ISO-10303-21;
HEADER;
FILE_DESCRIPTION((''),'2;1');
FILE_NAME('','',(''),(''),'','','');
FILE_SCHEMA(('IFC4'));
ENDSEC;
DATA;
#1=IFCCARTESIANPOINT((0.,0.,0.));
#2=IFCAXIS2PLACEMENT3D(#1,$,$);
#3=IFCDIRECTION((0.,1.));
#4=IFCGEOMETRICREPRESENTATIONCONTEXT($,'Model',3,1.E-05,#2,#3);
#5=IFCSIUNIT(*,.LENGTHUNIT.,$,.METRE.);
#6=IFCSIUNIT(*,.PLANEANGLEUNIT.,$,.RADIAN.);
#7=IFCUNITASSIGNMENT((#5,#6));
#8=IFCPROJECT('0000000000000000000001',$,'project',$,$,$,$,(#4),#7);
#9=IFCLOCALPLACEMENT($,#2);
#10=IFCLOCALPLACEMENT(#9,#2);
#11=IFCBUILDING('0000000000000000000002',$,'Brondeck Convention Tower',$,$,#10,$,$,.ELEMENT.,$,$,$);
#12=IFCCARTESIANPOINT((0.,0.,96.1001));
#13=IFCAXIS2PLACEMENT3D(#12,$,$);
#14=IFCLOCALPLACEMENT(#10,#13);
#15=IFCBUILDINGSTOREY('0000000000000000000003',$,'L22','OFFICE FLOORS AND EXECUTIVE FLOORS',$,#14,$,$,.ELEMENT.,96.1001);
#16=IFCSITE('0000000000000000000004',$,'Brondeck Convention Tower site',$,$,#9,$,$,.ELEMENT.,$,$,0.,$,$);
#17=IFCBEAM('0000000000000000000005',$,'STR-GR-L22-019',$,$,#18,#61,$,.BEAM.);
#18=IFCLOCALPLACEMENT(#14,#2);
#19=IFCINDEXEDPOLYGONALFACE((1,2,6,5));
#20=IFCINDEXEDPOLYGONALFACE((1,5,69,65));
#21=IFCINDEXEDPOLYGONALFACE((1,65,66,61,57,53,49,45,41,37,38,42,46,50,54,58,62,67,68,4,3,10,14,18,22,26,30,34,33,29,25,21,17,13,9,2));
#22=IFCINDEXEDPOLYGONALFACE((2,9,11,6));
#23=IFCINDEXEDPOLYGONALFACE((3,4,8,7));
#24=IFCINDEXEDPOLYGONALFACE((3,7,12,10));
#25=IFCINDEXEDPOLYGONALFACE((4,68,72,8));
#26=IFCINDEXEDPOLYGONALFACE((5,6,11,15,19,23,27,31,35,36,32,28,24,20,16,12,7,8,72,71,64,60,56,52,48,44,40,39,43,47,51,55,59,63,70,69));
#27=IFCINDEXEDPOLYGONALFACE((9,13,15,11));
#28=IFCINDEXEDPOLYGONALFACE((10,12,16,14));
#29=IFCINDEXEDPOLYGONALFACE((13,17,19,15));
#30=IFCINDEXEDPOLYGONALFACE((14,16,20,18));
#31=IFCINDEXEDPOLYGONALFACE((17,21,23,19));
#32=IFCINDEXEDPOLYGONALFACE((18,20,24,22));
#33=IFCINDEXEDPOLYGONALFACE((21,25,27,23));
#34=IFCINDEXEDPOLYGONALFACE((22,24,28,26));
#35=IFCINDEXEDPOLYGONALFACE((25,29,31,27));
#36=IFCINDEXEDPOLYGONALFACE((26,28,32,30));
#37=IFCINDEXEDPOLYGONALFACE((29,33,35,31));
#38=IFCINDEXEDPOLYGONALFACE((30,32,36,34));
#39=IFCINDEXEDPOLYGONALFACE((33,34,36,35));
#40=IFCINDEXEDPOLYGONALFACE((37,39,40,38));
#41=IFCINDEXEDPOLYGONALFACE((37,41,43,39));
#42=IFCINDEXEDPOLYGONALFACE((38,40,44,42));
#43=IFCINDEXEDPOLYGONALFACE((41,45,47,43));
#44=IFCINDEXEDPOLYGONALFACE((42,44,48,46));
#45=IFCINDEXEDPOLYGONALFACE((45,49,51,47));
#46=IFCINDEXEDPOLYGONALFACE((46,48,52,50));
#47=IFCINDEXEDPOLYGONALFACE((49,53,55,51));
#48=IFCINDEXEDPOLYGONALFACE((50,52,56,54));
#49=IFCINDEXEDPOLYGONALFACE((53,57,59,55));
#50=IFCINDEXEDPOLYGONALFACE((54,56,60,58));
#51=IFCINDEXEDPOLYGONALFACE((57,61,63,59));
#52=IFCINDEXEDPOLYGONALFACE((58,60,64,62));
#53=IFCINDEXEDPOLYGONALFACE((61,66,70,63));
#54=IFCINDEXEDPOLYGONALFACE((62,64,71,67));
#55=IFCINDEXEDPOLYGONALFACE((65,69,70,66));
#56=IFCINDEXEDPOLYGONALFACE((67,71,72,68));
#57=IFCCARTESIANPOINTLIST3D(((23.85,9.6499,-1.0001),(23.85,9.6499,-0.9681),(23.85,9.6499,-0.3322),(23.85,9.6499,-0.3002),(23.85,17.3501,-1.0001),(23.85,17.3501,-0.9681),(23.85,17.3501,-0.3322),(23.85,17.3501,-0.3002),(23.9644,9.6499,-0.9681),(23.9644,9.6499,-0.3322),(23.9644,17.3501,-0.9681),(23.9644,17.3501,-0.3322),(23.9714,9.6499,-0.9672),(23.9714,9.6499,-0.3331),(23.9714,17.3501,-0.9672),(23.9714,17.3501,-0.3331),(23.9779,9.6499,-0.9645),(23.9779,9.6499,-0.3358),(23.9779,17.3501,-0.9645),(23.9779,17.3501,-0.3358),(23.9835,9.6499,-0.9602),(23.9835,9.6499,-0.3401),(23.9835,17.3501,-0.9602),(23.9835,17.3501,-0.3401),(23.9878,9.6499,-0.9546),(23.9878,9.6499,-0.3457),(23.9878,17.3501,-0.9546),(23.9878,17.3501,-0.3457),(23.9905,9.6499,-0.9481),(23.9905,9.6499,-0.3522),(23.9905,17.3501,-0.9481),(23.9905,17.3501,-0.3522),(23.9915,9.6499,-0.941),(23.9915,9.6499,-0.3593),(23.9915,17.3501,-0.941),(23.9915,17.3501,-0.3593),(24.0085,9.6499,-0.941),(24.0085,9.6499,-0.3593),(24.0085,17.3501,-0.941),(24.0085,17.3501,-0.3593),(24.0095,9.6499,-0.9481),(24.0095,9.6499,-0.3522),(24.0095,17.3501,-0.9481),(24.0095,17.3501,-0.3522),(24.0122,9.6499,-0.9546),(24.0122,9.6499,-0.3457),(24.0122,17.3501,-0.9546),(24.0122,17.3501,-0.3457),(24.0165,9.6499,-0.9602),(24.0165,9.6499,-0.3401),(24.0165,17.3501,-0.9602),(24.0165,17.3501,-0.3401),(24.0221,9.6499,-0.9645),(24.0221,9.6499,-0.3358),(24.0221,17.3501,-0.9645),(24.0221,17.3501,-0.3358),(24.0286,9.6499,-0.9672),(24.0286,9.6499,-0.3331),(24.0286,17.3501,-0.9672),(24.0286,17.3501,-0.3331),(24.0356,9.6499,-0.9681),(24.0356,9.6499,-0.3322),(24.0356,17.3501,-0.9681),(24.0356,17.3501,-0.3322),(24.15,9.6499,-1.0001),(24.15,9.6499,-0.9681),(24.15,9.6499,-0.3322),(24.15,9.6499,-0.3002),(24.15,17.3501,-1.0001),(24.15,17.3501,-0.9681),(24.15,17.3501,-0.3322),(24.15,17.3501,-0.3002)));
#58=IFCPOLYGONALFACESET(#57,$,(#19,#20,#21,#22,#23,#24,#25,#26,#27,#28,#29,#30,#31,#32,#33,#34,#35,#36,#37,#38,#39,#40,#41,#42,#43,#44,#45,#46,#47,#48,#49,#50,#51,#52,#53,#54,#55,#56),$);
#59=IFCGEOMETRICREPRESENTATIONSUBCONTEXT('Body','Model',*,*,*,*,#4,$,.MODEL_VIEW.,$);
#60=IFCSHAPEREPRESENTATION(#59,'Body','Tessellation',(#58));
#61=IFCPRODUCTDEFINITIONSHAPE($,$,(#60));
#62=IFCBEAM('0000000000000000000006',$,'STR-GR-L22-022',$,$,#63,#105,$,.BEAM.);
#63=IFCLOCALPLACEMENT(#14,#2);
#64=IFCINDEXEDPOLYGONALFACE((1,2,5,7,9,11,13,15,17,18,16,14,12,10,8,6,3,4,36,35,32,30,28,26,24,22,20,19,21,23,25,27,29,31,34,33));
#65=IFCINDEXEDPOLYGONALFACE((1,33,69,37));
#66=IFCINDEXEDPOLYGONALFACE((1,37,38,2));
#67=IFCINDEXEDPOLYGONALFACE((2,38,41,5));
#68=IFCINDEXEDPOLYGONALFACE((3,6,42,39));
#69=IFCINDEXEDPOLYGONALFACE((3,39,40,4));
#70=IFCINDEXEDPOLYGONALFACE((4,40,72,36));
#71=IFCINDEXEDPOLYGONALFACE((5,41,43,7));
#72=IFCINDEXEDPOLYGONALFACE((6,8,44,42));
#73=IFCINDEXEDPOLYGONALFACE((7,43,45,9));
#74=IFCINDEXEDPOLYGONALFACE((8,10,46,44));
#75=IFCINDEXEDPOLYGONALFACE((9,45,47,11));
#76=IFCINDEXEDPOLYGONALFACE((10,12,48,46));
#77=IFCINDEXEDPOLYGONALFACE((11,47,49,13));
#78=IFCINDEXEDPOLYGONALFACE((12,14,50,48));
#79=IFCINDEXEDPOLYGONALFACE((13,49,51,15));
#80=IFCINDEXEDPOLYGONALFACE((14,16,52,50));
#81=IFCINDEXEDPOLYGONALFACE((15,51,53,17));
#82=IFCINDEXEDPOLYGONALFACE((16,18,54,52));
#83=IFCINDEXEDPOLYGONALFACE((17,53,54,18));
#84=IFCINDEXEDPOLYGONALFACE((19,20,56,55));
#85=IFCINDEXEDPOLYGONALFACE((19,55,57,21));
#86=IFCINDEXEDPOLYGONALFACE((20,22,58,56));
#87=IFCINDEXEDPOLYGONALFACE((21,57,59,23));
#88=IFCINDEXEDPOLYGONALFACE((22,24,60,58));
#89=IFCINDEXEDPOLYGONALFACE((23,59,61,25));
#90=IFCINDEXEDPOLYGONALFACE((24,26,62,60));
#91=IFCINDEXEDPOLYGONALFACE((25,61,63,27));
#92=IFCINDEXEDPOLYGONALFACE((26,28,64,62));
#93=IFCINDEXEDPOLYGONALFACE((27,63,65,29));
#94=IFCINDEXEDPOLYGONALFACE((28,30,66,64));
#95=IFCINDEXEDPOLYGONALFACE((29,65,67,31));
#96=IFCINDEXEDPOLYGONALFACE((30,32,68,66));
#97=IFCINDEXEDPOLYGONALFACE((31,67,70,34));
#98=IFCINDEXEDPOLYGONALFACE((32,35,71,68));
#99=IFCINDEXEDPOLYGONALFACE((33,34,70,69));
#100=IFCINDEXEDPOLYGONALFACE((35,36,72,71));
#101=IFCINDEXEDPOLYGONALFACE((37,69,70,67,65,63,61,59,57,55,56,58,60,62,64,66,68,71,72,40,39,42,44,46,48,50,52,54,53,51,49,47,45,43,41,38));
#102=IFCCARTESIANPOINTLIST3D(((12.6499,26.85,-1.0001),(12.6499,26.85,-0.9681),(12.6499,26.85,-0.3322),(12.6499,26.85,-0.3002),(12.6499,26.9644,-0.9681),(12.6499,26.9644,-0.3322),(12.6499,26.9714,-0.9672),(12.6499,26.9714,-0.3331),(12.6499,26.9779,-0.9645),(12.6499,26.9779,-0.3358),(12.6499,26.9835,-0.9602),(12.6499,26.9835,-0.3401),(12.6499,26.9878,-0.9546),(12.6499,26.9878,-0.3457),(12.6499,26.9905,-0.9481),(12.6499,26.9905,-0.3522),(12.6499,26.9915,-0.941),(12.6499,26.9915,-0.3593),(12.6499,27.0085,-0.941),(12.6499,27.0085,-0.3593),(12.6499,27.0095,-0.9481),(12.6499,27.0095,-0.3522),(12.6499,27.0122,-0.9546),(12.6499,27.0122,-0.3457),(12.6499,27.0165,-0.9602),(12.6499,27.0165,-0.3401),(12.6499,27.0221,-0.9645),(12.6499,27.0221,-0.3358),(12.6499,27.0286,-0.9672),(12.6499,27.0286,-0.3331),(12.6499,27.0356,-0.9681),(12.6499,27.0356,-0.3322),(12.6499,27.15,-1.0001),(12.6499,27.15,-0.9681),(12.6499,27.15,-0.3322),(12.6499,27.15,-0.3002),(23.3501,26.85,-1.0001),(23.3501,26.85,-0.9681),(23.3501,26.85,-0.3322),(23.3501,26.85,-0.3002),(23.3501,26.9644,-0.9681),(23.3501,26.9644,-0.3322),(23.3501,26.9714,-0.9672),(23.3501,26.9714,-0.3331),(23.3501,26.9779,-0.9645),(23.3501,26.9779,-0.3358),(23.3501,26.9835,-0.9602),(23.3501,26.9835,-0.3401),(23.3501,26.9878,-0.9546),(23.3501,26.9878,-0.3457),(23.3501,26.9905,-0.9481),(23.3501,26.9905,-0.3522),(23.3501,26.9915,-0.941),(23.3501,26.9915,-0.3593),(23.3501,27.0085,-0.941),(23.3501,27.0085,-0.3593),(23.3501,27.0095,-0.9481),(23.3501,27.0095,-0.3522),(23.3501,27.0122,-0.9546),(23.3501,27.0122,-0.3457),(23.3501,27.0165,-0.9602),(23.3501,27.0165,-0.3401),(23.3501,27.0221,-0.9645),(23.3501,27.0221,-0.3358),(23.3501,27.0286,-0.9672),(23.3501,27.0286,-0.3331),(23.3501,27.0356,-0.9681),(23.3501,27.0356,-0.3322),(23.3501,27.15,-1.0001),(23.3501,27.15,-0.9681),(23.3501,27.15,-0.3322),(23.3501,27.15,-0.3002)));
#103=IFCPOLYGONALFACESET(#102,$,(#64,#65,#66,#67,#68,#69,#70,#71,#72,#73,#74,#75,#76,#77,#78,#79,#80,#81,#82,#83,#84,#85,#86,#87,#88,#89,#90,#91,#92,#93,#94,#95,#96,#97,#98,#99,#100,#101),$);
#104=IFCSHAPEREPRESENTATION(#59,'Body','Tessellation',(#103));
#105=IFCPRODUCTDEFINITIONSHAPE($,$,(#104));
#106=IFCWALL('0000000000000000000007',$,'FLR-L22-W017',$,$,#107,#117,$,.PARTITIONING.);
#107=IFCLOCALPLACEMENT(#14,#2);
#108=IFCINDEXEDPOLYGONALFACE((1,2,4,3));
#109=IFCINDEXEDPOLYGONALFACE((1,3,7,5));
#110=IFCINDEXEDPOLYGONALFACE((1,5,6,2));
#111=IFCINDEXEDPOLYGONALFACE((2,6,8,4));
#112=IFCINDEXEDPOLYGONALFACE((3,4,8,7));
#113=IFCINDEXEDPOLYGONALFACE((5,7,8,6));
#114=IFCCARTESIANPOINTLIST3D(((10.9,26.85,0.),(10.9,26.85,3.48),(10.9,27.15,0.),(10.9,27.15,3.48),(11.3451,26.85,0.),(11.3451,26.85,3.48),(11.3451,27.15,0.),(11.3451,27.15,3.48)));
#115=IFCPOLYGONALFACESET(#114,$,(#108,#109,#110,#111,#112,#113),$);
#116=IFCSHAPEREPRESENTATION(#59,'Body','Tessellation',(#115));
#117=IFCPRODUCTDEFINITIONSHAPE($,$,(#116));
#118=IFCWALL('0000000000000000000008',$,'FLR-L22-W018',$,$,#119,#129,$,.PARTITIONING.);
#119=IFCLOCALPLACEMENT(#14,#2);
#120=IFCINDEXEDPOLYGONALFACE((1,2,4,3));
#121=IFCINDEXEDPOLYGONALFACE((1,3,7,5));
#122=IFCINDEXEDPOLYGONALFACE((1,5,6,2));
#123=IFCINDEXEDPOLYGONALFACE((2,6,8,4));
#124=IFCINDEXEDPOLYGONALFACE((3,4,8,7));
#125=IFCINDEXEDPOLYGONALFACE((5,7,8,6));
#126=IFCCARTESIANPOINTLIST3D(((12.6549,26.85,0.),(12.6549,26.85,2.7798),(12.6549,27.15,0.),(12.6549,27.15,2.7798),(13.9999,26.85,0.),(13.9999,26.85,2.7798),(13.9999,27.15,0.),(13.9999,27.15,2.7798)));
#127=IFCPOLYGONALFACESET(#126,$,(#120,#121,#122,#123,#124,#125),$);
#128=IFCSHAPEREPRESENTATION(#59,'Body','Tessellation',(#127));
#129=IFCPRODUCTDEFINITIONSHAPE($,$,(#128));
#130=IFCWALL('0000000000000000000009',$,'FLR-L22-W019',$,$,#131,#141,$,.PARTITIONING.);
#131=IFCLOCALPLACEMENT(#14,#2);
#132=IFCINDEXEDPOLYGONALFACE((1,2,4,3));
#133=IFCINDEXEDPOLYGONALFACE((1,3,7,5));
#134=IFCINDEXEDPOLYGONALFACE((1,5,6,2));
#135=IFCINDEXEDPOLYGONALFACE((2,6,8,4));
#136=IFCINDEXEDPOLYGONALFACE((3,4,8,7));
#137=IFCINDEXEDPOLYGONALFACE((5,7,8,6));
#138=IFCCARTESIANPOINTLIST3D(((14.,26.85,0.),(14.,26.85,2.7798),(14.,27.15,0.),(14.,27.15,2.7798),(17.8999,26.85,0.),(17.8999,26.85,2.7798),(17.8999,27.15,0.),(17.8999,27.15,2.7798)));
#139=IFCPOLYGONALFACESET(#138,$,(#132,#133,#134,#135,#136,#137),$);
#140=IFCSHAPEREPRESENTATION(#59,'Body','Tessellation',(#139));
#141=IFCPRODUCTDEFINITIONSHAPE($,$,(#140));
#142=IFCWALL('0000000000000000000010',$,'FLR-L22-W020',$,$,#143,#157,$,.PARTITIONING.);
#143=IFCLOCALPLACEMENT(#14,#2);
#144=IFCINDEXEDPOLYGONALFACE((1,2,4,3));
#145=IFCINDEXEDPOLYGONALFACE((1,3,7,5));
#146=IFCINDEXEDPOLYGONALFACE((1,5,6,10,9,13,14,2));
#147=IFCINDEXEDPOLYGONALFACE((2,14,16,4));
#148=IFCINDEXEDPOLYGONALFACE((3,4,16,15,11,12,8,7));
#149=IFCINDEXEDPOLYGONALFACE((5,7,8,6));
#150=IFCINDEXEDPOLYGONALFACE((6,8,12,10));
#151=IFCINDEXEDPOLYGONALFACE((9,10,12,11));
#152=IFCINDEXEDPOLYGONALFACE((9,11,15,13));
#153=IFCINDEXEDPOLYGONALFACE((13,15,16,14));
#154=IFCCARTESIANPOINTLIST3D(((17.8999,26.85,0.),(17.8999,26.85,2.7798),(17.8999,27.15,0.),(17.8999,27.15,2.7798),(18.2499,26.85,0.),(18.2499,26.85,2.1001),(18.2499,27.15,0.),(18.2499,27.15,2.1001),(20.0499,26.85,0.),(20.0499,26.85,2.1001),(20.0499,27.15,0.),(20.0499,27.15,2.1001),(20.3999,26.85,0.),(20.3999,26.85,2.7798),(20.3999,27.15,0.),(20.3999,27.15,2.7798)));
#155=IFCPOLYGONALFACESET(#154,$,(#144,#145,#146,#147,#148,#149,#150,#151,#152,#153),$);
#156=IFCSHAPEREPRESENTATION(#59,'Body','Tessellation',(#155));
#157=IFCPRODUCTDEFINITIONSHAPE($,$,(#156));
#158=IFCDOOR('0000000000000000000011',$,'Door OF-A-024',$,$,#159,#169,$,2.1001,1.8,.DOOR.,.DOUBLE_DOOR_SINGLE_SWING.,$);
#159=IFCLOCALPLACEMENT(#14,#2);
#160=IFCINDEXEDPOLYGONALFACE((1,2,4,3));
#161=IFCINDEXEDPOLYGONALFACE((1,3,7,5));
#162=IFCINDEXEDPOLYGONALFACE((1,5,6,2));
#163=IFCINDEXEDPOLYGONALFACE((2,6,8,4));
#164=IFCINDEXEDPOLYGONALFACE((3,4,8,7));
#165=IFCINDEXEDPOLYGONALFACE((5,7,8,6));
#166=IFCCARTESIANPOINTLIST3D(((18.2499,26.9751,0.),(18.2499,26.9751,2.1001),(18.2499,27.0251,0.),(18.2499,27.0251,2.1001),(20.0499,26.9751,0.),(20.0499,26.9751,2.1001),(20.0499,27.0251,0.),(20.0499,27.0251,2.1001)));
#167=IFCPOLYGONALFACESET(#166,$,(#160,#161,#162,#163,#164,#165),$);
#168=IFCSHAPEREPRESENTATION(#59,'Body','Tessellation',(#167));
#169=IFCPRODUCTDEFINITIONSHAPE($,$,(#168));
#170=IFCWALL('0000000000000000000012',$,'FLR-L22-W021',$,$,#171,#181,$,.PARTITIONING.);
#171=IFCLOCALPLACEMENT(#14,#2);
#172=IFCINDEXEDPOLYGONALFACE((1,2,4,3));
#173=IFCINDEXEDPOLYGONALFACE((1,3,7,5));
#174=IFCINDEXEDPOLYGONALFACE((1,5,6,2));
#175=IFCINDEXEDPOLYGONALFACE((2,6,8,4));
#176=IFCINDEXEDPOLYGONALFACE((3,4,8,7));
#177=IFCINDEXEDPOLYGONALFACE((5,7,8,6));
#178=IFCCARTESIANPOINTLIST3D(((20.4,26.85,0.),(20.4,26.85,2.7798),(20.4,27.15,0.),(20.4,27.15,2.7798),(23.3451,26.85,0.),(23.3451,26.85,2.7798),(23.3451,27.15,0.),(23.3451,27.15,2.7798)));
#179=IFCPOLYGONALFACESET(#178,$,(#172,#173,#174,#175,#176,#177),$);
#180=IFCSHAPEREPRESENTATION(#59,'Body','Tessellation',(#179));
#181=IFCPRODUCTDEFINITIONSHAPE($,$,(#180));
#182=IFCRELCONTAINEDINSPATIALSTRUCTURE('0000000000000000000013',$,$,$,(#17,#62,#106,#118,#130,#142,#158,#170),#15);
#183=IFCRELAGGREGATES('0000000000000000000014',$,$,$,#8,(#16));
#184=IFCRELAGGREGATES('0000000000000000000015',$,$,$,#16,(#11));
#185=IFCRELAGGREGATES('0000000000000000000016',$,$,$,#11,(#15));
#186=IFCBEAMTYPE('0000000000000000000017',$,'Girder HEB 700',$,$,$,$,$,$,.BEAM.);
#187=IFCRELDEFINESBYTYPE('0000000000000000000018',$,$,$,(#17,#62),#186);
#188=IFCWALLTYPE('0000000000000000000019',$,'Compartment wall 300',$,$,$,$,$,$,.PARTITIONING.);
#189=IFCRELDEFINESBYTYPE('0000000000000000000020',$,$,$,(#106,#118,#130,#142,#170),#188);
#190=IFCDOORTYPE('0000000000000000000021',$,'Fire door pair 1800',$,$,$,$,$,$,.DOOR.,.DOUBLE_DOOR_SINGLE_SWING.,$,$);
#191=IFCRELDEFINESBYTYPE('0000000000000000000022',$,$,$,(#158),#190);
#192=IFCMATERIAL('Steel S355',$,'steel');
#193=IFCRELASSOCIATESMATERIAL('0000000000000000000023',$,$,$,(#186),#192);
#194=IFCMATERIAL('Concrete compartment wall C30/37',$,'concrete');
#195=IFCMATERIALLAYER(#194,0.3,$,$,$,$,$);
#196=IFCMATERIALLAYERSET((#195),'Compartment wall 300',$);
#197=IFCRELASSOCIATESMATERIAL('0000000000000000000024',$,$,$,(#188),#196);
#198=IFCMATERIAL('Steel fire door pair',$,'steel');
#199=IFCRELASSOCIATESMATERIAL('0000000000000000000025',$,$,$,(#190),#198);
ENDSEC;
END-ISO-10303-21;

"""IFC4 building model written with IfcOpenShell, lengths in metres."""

from ifc_helpers import new_model, si_unit, direction, frame, frame_2d, origin, origin_2d, place, context, subcontext, project, spatial, rectangle, i_section, extrude, material, layer, layer_set, material_profile, profile_set, type_object, element, fill, save


model = new_model("IFC4")

# Units and contexts
model_context = context("Model", 3, precision=1e-05, world=origin(), true_north=direction((0.0, 1.0)))
body_context = subcontext(model_context, "Body", "Model", "MODEL_VIEW")
ifc_project = project(units=[si_unit("LENGTHUNIT", "METRE"), si_unit("PLANEANGLEUNIT", "RADIAN")], contexts=[model_context])

# Site, building, storey
site_placement = place(None, origin())
site = spatial("IfcSite", under=ifc_project, at=site_placement, Name="Brondeck Convention Tower site", CompositionType="ELEMENT", RefElevation=0.0)
building_placement = place(site_placement, origin())
building = spatial("IfcBuilding", under=site, at=building_placement, Name="Brondeck Convention Tower", CompositionType="ELEMENT")
storey_placement = place(building_placement, frame((0.0, 0.0, 96.1001)))
storey = spatial("IfcBuildingStorey", under=building, at=storey_placement, Name="L22", Description="OFFICE FLOORS AND EXECUTIVE FLOORS", CompositionType="ELEMENT", Elevation=96.1001)

# Beams
ifc_material_1 = material(Name="Steel S355", Category="steel")
ifc_material_profile_1 = material_profile(ifc_material_1, i_section(OverallWidth=0.3, OverallDepth=0.7, WebThickness=0.0171, FlangeThickness=0.032, FilletRadius=0.0271, at=origin_2d()), Name="HEB 700")
ifc_profile_set_1 = profile_set([ifc_material_profile_1], Name="Steel S355")
beam_type_1 = type_object("IfcBeamType", Name="Girder HEB 700", PredefinedType="BEAM", material=ifc_profile_set_1)
for number, where, z_axis, x_axis, name in (
    (1, (24.0, 17.3501, -0.6501), (0.0, -1.0, 0.0), (1.0, 0.0, 0.0), "STR-GR-L22-019"),
):
    element("IfcBeam", number, at=place(storey_placement, frame(where, z_axis=z_axis, x_axis=x_axis)), inside=storey, type_object=beam_type_1, Name=name, PredefinedType="BEAM", context=body_context, shape_type="SweptSolid", body=[
        extrude(i_section(OverallWidth=0.3, OverallDepth=0.7, WebThickness=0.0171, FlangeThickness=0.032, FilletRadius=0.0271, at=origin_2d()), origin(), (0.0, 0.0, 1.0), 7.7002),
    ])
beam_1_placement = place(storey_placement, frame((12.6499, 27.0, -0.6501), z_axis=(1.0, 0.0, 0.0), x_axis=(0.0, 1.0, 0.0)))
element("IfcBeam", 2, at=beam_1_placement, inside=storey, type_object=beam_type_1, Name="STR-GR-L22-022", PredefinedType="BEAM", context=body_context, shape_type="SweptSolid", body=[
    extrude(i_section(OverallWidth=0.3, OverallDepth=0.7, WebThickness=0.0171, FlangeThickness=0.032, FilletRadius=0.0271, at=origin_2d()), origin(), (0.0, 0.0, 1.0), 10.7002),
])

# Walls
ifc_material_2 = material(Name="Concrete compartment wall C30/37", Category="concrete")
ifc_layer_1 = layer(ifc_material_2, 0.3)
ifc_layer_set_1 = layer_set([ifc_layer_1], Name="Compartment wall 300")
wall_type_1 = type_object("IfcWallType", Name="Compartment wall 300", PredefinedType="PARTITIONING", material=ifc_layer_set_1)
wall_1_placement = place(storey_placement, frame((10.8999, 27.0, 0.0), z_axis=(0.0, 0.0, 1.0), x_axis=(1.0, 0.0, 0.0)))
element("IfcWall", 3, at=wall_1_placement, inside=storey, type_object=wall_type_1, Name="FLR-L22-W017", PredefinedType="PARTITIONING", context=body_context, shape_type="SweptSolid", body=[
    extrude(rectangle(XDim=0.4451, YDim=0.3, at=frame_2d((0.2227, 0.0))), origin(), (0.0, 0.0, 1.0), 3.48),
])
wall_2_placement = place(storey_placement, frame((12.655, 27.0, 0.0), z_axis=(0.0, 0.0, 1.0), x_axis=(1.0, 0.0, 0.0)))
element("IfcWall", 4, at=wall_2_placement, inside=storey, type_object=wall_type_1, Name="FLR-L22-W018", PredefinedType="PARTITIONING", context=body_context, shape_type="SweptSolid", body=[
    extrude(rectangle(XDim=1.345, YDim=0.3, at=frame_2d((0.6724, 0.0))), origin(), (0.0, 0.0, 1.0), 2.7798),
])
wall_3_placement = place(storey_placement, frame((14.0, 27.0, 0.0), z_axis=(0.0, 0.0, 1.0), x_axis=(1.0, 0.0, 0.0)))
element("IfcWall", 5, at=wall_3_placement, inside=storey, type_object=wall_type_1, Name="FLR-L22-W019", PredefinedType="PARTITIONING", context=body_context, shape_type="SweptSolid", body=[
    extrude(rectangle(XDim=3.8999, YDim=0.3, at=frame_2d((1.95, 0.0))), origin(), (0.0, 0.0, 1.0), 2.7798),
])

# Wall, opening, door
wall_4_placement = place(storey_placement, frame((20.3999, 27.0, 0.0), z_axis=(0.0, 0.0, 1.0), x_axis=(-1.0, 0.0, 0.0)))
wall_4 = element("IfcWall", 6, at=wall_4_placement, inside=storey, type_object=wall_type_1, Name="FLR-L22-W020", PredefinedType="PARTITIONING", context=body_context, shape_type="SweptSolid", body=[
    extrude(rectangle(XDim=2.5, YDim=0.3, at=frame_2d((1.25, 0.0))), origin(), (0.0, 0.0, 1.0), 2.7798),
])
opening_1_placement = place(wall_4_placement, frame((0.3501, 0.0, 0.0)))
opening_1 = element("IfcOpeningElement", 7, at=opening_1_placement, cuts=wall_4, PredefinedType="OPENING", context=body_context, shape_type="SweptSolid", body=[
    extrude(rectangle(XDim=1.8, YDim=2.1001, at=frame_2d((0.8999, 1.05))), frame((0.0, 0.1599, 0.0), z_axis=(0.0, -1.0, 0.0), x_axis=(1.0, 0.0, 0.0)), (0.0, 0.0, 1.0), 0.3201),
])
ifc_material_3 = material(Name="Steel fire door pair", Category="steel")
door_type_1 = type_object("IfcDoorType", Name="Fire door pair 1800", OperationType="DOUBLE_DOOR_SINGLE_SWING", PredefinedType="DOOR", material=ifc_material_3)
door_1_placement = place(opening_1_placement, origin())
door_1 = element("IfcDoor", 8, at=door_1_placement, inside=storey, type_object=door_type_1, Name="Door OF-A-024", OperationType="DOUBLE_DOOR_SINGLE_SWING", OverallHeight=2.1001, OverallWidth=1.8, PredefinedType="DOOR", context=body_context, shape_type="SweptSolid", body=[
    extrude(rectangle(XDim=1.8, YDim=2.1001, at=frame_2d((0.8999, 1.05))), frame((0.0, 0.0249, 0.0), z_axis=(0.0, -1.0, 0.0), x_axis=(1.0, 0.0, 0.0)), (0.0, 0.0, 1.0), 0.05),
])
fill(opening_1, door_1)

# Wall
wall_5_placement = place(storey_placement, frame((20.3999, 27.0, 0.0), z_axis=(0.0, 0.0, 1.0), x_axis=(1.0, 0.0, 0.0)))
element("IfcWall", 9, at=wall_5_placement, inside=storey, type_object=wall_type_1, Name="FLR-L22-W021", PredefinedType="PARTITIONING", context=body_context, shape_type="SweptSolid", body=[
    extrude(rectangle(XDim=2.9451, YDim=0.3, at=frame_2d((1.4727, 0.0))), origin(), (0.0, 0.0, 1.0), 2.7798),
])

save(model, "model.ifc")
